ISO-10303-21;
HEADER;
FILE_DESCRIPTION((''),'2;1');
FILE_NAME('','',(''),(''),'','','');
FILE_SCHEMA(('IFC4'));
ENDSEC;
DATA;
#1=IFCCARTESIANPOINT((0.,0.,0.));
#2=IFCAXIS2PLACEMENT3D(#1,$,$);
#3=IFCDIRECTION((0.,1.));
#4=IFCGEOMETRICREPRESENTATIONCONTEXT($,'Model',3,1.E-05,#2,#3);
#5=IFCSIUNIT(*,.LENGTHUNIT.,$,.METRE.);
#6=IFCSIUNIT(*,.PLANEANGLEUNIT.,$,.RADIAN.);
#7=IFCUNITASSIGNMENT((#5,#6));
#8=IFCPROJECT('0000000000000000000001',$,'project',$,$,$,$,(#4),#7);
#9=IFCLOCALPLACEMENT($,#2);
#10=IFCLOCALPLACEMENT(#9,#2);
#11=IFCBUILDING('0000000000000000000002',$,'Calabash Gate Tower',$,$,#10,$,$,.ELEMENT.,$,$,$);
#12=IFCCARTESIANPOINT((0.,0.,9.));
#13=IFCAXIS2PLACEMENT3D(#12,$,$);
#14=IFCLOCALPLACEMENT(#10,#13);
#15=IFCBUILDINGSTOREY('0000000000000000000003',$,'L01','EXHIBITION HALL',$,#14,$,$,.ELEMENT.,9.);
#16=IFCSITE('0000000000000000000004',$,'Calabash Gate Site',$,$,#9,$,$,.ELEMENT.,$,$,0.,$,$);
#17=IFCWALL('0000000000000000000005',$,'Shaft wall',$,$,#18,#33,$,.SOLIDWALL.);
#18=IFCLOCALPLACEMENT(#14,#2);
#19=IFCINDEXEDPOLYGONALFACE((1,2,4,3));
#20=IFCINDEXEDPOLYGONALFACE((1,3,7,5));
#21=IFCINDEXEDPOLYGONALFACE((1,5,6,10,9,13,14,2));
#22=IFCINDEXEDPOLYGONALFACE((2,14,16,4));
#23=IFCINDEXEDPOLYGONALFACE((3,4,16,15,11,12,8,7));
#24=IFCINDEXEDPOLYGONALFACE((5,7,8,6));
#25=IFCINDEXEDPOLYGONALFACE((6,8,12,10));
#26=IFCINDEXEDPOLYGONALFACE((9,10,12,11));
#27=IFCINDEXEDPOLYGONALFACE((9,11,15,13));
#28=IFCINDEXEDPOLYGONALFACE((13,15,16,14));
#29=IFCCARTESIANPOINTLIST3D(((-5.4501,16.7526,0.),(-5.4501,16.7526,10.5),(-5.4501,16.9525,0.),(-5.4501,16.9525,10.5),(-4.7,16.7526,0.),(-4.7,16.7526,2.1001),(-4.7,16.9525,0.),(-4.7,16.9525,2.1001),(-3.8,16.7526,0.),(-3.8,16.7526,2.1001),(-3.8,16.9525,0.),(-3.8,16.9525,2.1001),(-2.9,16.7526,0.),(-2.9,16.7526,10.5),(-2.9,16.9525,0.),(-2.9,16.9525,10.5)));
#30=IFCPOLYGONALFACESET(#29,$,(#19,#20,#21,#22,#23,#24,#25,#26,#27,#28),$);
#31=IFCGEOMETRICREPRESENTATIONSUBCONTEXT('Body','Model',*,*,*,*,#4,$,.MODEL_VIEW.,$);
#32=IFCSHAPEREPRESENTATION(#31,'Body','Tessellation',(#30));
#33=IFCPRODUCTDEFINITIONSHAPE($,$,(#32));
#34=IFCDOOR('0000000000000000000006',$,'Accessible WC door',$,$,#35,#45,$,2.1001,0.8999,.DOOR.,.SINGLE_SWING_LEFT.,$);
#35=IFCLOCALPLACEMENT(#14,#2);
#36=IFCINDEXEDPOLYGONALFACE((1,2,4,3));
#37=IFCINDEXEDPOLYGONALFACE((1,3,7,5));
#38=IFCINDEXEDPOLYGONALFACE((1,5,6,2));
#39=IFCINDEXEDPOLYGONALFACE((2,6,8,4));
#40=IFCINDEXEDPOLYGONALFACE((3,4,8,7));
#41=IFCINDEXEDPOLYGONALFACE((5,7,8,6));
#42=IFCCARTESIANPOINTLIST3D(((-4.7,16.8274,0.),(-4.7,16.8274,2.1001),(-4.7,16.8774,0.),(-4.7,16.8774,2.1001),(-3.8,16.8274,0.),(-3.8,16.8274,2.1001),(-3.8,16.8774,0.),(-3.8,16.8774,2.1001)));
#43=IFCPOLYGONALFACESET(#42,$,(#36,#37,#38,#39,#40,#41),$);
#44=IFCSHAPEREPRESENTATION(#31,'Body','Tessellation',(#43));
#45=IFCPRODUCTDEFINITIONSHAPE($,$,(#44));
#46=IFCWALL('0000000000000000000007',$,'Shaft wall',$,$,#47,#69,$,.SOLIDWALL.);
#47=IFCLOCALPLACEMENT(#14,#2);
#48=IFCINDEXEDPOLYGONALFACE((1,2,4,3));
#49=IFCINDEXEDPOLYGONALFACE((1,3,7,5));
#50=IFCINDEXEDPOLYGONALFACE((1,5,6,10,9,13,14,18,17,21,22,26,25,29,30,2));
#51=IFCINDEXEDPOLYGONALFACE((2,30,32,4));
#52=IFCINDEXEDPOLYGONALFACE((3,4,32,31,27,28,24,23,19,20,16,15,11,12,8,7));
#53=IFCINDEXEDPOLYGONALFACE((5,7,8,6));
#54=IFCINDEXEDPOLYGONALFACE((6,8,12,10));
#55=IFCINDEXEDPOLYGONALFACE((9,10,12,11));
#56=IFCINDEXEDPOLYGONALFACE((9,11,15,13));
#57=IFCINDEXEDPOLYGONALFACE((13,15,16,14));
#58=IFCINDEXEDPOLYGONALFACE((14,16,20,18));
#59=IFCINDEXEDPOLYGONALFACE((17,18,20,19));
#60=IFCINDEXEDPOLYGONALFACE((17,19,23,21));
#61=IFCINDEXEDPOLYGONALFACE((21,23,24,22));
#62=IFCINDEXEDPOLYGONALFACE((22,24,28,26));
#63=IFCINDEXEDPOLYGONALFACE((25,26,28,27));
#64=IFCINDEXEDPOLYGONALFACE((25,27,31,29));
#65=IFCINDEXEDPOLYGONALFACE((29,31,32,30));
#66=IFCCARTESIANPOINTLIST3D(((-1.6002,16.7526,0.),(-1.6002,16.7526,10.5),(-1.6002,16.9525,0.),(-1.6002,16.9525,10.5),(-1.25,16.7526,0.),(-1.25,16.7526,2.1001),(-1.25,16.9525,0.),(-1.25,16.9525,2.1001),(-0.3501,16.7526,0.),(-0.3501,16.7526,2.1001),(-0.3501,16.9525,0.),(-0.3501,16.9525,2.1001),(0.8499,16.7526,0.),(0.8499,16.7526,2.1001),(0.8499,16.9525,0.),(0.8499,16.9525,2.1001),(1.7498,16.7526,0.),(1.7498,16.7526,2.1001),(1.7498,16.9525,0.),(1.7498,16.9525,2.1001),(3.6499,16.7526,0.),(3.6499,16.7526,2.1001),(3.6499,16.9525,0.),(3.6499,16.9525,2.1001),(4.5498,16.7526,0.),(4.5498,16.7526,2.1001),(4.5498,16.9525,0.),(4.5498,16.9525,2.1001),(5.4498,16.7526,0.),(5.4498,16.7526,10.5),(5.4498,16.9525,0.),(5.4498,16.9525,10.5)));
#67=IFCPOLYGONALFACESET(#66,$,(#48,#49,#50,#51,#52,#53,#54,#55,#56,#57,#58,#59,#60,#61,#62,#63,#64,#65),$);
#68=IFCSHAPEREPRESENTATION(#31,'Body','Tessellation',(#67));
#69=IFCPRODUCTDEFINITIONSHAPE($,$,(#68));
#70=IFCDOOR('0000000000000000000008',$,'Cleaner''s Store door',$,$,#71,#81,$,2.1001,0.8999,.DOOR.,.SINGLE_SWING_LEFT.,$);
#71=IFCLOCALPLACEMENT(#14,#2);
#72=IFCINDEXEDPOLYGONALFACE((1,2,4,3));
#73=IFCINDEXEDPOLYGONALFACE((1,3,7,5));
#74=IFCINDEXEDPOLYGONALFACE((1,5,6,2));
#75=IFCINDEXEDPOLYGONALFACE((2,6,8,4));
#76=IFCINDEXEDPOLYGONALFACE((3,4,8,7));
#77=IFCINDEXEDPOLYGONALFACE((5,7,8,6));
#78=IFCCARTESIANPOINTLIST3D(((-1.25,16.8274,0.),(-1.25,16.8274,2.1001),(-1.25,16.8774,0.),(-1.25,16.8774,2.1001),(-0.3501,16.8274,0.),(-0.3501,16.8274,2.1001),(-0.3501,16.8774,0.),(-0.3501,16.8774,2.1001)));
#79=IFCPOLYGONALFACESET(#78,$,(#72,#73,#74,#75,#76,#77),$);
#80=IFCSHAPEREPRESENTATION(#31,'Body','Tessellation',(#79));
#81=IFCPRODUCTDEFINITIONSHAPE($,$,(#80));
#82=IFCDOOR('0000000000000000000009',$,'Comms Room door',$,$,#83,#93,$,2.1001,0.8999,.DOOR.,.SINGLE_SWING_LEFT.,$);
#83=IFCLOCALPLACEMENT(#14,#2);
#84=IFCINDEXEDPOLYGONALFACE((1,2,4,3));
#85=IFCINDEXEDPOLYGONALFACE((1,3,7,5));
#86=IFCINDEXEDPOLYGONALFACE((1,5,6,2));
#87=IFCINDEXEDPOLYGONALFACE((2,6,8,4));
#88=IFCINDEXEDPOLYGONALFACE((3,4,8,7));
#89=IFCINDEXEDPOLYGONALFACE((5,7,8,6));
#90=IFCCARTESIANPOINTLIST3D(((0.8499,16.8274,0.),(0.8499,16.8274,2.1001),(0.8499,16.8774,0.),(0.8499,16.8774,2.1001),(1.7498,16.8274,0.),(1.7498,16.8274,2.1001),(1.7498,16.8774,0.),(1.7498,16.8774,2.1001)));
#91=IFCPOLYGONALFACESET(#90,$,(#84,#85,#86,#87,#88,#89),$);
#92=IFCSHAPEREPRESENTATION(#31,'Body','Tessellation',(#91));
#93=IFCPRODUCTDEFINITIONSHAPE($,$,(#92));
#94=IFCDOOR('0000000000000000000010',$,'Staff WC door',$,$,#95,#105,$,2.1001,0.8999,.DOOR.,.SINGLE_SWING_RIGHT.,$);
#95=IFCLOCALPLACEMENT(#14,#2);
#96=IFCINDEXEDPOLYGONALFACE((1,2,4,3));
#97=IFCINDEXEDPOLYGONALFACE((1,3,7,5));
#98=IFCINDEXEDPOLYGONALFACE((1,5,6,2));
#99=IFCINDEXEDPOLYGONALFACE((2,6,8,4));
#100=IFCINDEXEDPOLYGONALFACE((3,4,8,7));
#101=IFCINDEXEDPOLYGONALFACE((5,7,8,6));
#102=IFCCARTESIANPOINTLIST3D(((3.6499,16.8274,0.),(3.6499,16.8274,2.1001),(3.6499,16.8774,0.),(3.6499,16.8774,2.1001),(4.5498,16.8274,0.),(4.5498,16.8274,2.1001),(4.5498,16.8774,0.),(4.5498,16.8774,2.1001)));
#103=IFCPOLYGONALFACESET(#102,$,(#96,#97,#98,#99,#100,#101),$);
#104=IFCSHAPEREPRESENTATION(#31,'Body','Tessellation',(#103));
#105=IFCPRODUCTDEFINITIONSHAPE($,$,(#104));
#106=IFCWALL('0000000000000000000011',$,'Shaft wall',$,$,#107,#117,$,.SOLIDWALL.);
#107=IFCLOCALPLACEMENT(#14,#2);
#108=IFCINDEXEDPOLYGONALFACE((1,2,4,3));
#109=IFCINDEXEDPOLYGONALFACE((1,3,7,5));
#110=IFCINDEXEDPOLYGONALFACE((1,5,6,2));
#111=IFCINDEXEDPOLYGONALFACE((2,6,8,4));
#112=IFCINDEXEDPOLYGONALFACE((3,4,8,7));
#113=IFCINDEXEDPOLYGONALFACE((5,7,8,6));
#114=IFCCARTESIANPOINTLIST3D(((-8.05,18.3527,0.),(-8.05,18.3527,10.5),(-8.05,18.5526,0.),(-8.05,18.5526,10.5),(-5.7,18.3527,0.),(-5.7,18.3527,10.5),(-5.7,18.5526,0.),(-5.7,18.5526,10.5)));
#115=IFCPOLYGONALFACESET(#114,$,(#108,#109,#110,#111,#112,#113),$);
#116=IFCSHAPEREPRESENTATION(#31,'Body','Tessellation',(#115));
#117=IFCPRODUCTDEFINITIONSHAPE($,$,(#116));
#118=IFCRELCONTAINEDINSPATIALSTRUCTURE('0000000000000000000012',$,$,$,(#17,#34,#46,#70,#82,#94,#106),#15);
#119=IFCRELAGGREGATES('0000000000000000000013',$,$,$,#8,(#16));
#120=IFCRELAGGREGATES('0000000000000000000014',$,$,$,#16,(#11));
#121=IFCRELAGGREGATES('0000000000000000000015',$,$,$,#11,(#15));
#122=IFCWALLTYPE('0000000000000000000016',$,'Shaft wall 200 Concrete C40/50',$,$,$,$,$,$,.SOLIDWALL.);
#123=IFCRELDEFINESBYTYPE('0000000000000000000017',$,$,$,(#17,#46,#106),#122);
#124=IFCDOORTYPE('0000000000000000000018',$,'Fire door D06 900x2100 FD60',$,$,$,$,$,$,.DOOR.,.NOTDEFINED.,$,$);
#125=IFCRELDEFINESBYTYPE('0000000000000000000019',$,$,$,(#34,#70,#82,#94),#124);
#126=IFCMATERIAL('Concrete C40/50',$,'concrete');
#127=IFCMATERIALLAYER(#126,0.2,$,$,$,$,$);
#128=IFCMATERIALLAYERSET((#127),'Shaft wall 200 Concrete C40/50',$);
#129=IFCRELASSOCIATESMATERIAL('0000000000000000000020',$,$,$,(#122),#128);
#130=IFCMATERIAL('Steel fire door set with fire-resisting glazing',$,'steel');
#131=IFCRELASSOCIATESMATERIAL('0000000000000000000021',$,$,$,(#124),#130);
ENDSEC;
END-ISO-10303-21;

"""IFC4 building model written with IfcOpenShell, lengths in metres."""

from ifc_helpers import new_model, si_unit, direction, frame, frame_2d, origin, place, context, subcontext, project, spatial, rectangle, extrude, material, layer, layer_set, type_object, element, fill, save


model = new_model("IFC4")

# Units and contexts
model_context = context("Model", 3, precision=1e-05, world=origin(), true_north=direction((0.0, 1.0)))
body_context = subcontext(model_context, "Body", "Model", "MODEL_VIEW")
ifc_project = project(units=[si_unit("LENGTHUNIT", "METRE"), si_unit("PLANEANGLEUNIT", "RADIAN")], contexts=[model_context])

# Site, building, storey
site_placement = place(None, origin())
site = spatial("IfcSite", under=ifc_project, at=site_placement, Name="Calabash Gate Site", CompositionType="ELEMENT", RefElevation=0.0)
building_placement = place(site_placement, origin())
building = spatial("IfcBuilding", under=site, at=building_placement, Name="Calabash Gate Tower", CompositionType="ELEMENT")
storey_placement = place(building_placement, frame((0.0, 0.0, 9.0)))
storey = spatial("IfcBuildingStorey", under=building, at=storey_placement, Name="L01", Description="EXHIBITION HALL", CompositionType="ELEMENT", Elevation=9.0)

# Shared definitions
ifc_material_1 = material(Name="Concrete C40/50", Category="concrete")
ifc_layer_1 = layer(ifc_material_1, 0.2)
ifc_layer_set_1 = layer_set([ifc_layer_1], Name="Shaft wall 200 Concrete C40/50")
wall_type_1 = type_object("IfcWallType", Name="Shaft wall 200 Concrete C40/50", PredefinedType="SOLIDWALL", material=ifc_layer_set_1)
ifc_material_2 = material(Name="Steel fire door set with fire-resisting glazing", Category="steel")
door_type_1 = type_object("IfcDoorType", Name="Fire door D06 900x2100 FD60", OperationType="NOTDEFINED", PredefinedType="DOOR", material=ifc_material_2)

# Wall, opening, door
wall_1_placement = place(storey_placement, frame((-5.45, 16.8525, 0.0), z_axis=(0.0, 0.0, 1.0), x_axis=(1.0, 0.0, 0.0)))
wall_1 = element("IfcWall", 1, at=wall_1_placement, inside=storey, type_object=wall_type_1, Name="Shaft wall", PredefinedType="SOLIDWALL", context=body_context, shape_type="SweptSolid", body=[
    extrude(rectangle(XDim=2.55, YDim=0.2, at=frame_2d((1.2749, 0.0))), origin(), (0.0, 0.0, 1.0), 10.5),
])
opening_1_placement = place(wall_1_placement, frame((0.75, 0.0, 0.0)))
opening_1 = element("IfcOpeningElement", 2, at=opening_1_placement, cuts=wall_1, PredefinedType="OPENING", context=body_context, shape_type="SweptSolid", body=[
    extrude(rectangle(XDim=0.8999, YDim=2.1001, at=frame_2d((0.45, 1.05))), frame((0.0, 0.1099, 0.0), z_axis=(0.0, -1.0, 0.0), x_axis=(1.0, 0.0, 0.0)), (0.0, 0.0, 1.0), 0.22),
])
door_1_placement = place(opening_1_placement, origin())
door_1 = element("IfcDoor", 3, at=door_1_placement, inside=storey, type_object=door_type_1, Name="Accessible WC door", OperationType="SINGLE_SWING_LEFT", OverallHeight=2.1001, OverallWidth=0.8999, PredefinedType="DOOR", context=body_context, shape_type="SweptSolid", body=[
    extrude(rectangle(XDim=0.8999, YDim=2.1001, at=frame_2d((0.45, 1.05))), frame((0.0, 0.0249, 0.0), z_axis=(0.0, -1.0, 0.0), x_axis=(1.0, 0.0, 0.0)), (0.0, 0.0, 1.0), 0.05),
])
fill(opening_1, door_1)

# Wall, openings, doors
wall_2_placement = place(storey_placement, frame((-1.6001, 16.8525, 0.0), z_axis=(0.0, 0.0, 1.0), x_axis=(1.0, 0.0, 0.0)))
wall_2 = element("IfcWall", 4, at=wall_2_placement, inside=storey, type_object=wall_type_1, Name="Shaft wall", PredefinedType="SOLIDWALL", context=body_context, shape_type="SweptSolid", body=[
    extrude(rectangle(XDim=7.05, YDim=0.2, at=frame_2d((3.5249, 0.0))), origin(), (0.0, 0.0, 1.0), 10.5),
])
opening_2_placement = place(wall_2_placement, frame((0.3501, 0.0, 0.0)))
opening_2 = element("IfcOpeningElement", 5, at=opening_2_placement, cuts=wall_2, PredefinedType="OPENING", context=body_context, shape_type="SweptSolid", body=[
    extrude(rectangle(XDim=0.8999, YDim=2.1001, at=frame_2d((0.45, 1.05))), frame((0.0, 0.1099, 0.0), z_axis=(0.0, -1.0, 0.0), x_axis=(1.0, 0.0, 0.0)), (0.0, 0.0, 1.0), 0.22),
])
opening_3_placement = place(wall_2_placement, frame((2.45, 0.0, 0.0)))
opening_3 = element("IfcOpeningElement", 6, at=opening_3_placement, cuts=wall_2, PredefinedType="OPENING", context=body_context, shape_type="SweptSolid", body=[
    extrude(rectangle(XDim=0.8999, YDim=2.1001, at=frame_2d((0.45, 1.05))), frame((0.0, 0.1099, 0.0), z_axis=(0.0, -1.0, 0.0), x_axis=(1.0, 0.0, 0.0)), (0.0, 0.0, 1.0), 0.22),
])
opening_4_placement = place(wall_2_placement, frame((5.25, 0.0, 0.0)))
opening_4 = element("IfcOpeningElement", 7, at=opening_4_placement, cuts=wall_2, PredefinedType="OPENING", context=body_context, shape_type="SweptSolid", body=[
    extrude(rectangle(XDim=0.8999, YDim=2.1001, at=frame_2d((0.45, 1.05))), frame((0.0, 0.1099, 0.0), z_axis=(0.0, -1.0, 0.0), x_axis=(1.0, 0.0, 0.0)), (0.0, 0.0, 1.0), 0.22),
])
door_2_placement = place(opening_2_placement, origin())
door_2 = element("IfcDoor", 8, at=door_2_placement, inside=storey, type_object=door_type_1, Name="Cleaner's Store door", OperationType="SINGLE_SWING_LEFT", OverallHeight=2.1001, OverallWidth=0.8999, PredefinedType="DOOR", context=body_context, shape_type="SweptSolid", body=[
    extrude(rectangle(XDim=0.8999, YDim=2.1001, at=frame_2d((0.45, 1.05))), frame((0.0, 0.0249, 0.0), z_axis=(0.0, -1.0, 0.0), x_axis=(1.0, 0.0, 0.0)), (0.0, 0.0, 1.0), 0.05),
])
fill(opening_2, door_2)
door_3_placement = place(opening_3_placement, origin())
door_3 = element("IfcDoor", 9, at=door_3_placement, inside=storey, type_object=door_type_1, Name="Comms Room door", OperationType="SINGLE_SWING_LEFT", OverallHeight=2.1001, OverallWidth=0.8999, PredefinedType="DOOR", context=body_context, shape_type="SweptSolid", body=[
    extrude(rectangle(XDim=0.8999, YDim=2.1001, at=frame_2d((0.45, 1.05))), frame((0.0, 0.0249, 0.0), z_axis=(0.0, -1.0, 0.0), x_axis=(1.0, 0.0, 0.0)), (0.0, 0.0, 1.0), 0.05),
])
fill(opening_3, door_3)
door_4_placement = place(opening_4_placement, origin())
door_4 = element("IfcDoor", 10, at=door_4_placement, inside=storey, type_object=door_type_1, Name="Staff WC door", OperationType="SINGLE_SWING_RIGHT", OverallHeight=2.1001, OverallWidth=0.8999, PredefinedType="DOOR", context=body_context, shape_type="SweptSolid", body=[
    extrude(rectangle(XDim=0.8999, YDim=2.1001, at=frame_2d((0.45, 1.05))), frame((0.0, 0.0249, 0.0), z_axis=(0.0, -1.0, 0.0), x_axis=(1.0, 0.0, 0.0)), (0.0, 0.0, 1.0), 0.05),
])
fill(opening_4, door_4)

# Wall
wall_3_placement = place(storey_placement, frame((-8.05, 18.4526, 0.0), z_axis=(0.0, 0.0, 1.0), x_axis=(1.0, 0.0, 0.0)))
element("IfcWall", 11, at=wall_3_placement, inside=storey, type_object=wall_type_1, Name="Shaft wall", PredefinedType="SOLIDWALL", context=body_context, shape_type="SweptSolid", body=[
    extrude(rectangle(XDim=2.3501, YDim=0.2, at=frame_2d((1.175, 0.0))), origin(), (0.0, 0.0, 1.0), 10.5),
])

save(model, "model.ifc")
